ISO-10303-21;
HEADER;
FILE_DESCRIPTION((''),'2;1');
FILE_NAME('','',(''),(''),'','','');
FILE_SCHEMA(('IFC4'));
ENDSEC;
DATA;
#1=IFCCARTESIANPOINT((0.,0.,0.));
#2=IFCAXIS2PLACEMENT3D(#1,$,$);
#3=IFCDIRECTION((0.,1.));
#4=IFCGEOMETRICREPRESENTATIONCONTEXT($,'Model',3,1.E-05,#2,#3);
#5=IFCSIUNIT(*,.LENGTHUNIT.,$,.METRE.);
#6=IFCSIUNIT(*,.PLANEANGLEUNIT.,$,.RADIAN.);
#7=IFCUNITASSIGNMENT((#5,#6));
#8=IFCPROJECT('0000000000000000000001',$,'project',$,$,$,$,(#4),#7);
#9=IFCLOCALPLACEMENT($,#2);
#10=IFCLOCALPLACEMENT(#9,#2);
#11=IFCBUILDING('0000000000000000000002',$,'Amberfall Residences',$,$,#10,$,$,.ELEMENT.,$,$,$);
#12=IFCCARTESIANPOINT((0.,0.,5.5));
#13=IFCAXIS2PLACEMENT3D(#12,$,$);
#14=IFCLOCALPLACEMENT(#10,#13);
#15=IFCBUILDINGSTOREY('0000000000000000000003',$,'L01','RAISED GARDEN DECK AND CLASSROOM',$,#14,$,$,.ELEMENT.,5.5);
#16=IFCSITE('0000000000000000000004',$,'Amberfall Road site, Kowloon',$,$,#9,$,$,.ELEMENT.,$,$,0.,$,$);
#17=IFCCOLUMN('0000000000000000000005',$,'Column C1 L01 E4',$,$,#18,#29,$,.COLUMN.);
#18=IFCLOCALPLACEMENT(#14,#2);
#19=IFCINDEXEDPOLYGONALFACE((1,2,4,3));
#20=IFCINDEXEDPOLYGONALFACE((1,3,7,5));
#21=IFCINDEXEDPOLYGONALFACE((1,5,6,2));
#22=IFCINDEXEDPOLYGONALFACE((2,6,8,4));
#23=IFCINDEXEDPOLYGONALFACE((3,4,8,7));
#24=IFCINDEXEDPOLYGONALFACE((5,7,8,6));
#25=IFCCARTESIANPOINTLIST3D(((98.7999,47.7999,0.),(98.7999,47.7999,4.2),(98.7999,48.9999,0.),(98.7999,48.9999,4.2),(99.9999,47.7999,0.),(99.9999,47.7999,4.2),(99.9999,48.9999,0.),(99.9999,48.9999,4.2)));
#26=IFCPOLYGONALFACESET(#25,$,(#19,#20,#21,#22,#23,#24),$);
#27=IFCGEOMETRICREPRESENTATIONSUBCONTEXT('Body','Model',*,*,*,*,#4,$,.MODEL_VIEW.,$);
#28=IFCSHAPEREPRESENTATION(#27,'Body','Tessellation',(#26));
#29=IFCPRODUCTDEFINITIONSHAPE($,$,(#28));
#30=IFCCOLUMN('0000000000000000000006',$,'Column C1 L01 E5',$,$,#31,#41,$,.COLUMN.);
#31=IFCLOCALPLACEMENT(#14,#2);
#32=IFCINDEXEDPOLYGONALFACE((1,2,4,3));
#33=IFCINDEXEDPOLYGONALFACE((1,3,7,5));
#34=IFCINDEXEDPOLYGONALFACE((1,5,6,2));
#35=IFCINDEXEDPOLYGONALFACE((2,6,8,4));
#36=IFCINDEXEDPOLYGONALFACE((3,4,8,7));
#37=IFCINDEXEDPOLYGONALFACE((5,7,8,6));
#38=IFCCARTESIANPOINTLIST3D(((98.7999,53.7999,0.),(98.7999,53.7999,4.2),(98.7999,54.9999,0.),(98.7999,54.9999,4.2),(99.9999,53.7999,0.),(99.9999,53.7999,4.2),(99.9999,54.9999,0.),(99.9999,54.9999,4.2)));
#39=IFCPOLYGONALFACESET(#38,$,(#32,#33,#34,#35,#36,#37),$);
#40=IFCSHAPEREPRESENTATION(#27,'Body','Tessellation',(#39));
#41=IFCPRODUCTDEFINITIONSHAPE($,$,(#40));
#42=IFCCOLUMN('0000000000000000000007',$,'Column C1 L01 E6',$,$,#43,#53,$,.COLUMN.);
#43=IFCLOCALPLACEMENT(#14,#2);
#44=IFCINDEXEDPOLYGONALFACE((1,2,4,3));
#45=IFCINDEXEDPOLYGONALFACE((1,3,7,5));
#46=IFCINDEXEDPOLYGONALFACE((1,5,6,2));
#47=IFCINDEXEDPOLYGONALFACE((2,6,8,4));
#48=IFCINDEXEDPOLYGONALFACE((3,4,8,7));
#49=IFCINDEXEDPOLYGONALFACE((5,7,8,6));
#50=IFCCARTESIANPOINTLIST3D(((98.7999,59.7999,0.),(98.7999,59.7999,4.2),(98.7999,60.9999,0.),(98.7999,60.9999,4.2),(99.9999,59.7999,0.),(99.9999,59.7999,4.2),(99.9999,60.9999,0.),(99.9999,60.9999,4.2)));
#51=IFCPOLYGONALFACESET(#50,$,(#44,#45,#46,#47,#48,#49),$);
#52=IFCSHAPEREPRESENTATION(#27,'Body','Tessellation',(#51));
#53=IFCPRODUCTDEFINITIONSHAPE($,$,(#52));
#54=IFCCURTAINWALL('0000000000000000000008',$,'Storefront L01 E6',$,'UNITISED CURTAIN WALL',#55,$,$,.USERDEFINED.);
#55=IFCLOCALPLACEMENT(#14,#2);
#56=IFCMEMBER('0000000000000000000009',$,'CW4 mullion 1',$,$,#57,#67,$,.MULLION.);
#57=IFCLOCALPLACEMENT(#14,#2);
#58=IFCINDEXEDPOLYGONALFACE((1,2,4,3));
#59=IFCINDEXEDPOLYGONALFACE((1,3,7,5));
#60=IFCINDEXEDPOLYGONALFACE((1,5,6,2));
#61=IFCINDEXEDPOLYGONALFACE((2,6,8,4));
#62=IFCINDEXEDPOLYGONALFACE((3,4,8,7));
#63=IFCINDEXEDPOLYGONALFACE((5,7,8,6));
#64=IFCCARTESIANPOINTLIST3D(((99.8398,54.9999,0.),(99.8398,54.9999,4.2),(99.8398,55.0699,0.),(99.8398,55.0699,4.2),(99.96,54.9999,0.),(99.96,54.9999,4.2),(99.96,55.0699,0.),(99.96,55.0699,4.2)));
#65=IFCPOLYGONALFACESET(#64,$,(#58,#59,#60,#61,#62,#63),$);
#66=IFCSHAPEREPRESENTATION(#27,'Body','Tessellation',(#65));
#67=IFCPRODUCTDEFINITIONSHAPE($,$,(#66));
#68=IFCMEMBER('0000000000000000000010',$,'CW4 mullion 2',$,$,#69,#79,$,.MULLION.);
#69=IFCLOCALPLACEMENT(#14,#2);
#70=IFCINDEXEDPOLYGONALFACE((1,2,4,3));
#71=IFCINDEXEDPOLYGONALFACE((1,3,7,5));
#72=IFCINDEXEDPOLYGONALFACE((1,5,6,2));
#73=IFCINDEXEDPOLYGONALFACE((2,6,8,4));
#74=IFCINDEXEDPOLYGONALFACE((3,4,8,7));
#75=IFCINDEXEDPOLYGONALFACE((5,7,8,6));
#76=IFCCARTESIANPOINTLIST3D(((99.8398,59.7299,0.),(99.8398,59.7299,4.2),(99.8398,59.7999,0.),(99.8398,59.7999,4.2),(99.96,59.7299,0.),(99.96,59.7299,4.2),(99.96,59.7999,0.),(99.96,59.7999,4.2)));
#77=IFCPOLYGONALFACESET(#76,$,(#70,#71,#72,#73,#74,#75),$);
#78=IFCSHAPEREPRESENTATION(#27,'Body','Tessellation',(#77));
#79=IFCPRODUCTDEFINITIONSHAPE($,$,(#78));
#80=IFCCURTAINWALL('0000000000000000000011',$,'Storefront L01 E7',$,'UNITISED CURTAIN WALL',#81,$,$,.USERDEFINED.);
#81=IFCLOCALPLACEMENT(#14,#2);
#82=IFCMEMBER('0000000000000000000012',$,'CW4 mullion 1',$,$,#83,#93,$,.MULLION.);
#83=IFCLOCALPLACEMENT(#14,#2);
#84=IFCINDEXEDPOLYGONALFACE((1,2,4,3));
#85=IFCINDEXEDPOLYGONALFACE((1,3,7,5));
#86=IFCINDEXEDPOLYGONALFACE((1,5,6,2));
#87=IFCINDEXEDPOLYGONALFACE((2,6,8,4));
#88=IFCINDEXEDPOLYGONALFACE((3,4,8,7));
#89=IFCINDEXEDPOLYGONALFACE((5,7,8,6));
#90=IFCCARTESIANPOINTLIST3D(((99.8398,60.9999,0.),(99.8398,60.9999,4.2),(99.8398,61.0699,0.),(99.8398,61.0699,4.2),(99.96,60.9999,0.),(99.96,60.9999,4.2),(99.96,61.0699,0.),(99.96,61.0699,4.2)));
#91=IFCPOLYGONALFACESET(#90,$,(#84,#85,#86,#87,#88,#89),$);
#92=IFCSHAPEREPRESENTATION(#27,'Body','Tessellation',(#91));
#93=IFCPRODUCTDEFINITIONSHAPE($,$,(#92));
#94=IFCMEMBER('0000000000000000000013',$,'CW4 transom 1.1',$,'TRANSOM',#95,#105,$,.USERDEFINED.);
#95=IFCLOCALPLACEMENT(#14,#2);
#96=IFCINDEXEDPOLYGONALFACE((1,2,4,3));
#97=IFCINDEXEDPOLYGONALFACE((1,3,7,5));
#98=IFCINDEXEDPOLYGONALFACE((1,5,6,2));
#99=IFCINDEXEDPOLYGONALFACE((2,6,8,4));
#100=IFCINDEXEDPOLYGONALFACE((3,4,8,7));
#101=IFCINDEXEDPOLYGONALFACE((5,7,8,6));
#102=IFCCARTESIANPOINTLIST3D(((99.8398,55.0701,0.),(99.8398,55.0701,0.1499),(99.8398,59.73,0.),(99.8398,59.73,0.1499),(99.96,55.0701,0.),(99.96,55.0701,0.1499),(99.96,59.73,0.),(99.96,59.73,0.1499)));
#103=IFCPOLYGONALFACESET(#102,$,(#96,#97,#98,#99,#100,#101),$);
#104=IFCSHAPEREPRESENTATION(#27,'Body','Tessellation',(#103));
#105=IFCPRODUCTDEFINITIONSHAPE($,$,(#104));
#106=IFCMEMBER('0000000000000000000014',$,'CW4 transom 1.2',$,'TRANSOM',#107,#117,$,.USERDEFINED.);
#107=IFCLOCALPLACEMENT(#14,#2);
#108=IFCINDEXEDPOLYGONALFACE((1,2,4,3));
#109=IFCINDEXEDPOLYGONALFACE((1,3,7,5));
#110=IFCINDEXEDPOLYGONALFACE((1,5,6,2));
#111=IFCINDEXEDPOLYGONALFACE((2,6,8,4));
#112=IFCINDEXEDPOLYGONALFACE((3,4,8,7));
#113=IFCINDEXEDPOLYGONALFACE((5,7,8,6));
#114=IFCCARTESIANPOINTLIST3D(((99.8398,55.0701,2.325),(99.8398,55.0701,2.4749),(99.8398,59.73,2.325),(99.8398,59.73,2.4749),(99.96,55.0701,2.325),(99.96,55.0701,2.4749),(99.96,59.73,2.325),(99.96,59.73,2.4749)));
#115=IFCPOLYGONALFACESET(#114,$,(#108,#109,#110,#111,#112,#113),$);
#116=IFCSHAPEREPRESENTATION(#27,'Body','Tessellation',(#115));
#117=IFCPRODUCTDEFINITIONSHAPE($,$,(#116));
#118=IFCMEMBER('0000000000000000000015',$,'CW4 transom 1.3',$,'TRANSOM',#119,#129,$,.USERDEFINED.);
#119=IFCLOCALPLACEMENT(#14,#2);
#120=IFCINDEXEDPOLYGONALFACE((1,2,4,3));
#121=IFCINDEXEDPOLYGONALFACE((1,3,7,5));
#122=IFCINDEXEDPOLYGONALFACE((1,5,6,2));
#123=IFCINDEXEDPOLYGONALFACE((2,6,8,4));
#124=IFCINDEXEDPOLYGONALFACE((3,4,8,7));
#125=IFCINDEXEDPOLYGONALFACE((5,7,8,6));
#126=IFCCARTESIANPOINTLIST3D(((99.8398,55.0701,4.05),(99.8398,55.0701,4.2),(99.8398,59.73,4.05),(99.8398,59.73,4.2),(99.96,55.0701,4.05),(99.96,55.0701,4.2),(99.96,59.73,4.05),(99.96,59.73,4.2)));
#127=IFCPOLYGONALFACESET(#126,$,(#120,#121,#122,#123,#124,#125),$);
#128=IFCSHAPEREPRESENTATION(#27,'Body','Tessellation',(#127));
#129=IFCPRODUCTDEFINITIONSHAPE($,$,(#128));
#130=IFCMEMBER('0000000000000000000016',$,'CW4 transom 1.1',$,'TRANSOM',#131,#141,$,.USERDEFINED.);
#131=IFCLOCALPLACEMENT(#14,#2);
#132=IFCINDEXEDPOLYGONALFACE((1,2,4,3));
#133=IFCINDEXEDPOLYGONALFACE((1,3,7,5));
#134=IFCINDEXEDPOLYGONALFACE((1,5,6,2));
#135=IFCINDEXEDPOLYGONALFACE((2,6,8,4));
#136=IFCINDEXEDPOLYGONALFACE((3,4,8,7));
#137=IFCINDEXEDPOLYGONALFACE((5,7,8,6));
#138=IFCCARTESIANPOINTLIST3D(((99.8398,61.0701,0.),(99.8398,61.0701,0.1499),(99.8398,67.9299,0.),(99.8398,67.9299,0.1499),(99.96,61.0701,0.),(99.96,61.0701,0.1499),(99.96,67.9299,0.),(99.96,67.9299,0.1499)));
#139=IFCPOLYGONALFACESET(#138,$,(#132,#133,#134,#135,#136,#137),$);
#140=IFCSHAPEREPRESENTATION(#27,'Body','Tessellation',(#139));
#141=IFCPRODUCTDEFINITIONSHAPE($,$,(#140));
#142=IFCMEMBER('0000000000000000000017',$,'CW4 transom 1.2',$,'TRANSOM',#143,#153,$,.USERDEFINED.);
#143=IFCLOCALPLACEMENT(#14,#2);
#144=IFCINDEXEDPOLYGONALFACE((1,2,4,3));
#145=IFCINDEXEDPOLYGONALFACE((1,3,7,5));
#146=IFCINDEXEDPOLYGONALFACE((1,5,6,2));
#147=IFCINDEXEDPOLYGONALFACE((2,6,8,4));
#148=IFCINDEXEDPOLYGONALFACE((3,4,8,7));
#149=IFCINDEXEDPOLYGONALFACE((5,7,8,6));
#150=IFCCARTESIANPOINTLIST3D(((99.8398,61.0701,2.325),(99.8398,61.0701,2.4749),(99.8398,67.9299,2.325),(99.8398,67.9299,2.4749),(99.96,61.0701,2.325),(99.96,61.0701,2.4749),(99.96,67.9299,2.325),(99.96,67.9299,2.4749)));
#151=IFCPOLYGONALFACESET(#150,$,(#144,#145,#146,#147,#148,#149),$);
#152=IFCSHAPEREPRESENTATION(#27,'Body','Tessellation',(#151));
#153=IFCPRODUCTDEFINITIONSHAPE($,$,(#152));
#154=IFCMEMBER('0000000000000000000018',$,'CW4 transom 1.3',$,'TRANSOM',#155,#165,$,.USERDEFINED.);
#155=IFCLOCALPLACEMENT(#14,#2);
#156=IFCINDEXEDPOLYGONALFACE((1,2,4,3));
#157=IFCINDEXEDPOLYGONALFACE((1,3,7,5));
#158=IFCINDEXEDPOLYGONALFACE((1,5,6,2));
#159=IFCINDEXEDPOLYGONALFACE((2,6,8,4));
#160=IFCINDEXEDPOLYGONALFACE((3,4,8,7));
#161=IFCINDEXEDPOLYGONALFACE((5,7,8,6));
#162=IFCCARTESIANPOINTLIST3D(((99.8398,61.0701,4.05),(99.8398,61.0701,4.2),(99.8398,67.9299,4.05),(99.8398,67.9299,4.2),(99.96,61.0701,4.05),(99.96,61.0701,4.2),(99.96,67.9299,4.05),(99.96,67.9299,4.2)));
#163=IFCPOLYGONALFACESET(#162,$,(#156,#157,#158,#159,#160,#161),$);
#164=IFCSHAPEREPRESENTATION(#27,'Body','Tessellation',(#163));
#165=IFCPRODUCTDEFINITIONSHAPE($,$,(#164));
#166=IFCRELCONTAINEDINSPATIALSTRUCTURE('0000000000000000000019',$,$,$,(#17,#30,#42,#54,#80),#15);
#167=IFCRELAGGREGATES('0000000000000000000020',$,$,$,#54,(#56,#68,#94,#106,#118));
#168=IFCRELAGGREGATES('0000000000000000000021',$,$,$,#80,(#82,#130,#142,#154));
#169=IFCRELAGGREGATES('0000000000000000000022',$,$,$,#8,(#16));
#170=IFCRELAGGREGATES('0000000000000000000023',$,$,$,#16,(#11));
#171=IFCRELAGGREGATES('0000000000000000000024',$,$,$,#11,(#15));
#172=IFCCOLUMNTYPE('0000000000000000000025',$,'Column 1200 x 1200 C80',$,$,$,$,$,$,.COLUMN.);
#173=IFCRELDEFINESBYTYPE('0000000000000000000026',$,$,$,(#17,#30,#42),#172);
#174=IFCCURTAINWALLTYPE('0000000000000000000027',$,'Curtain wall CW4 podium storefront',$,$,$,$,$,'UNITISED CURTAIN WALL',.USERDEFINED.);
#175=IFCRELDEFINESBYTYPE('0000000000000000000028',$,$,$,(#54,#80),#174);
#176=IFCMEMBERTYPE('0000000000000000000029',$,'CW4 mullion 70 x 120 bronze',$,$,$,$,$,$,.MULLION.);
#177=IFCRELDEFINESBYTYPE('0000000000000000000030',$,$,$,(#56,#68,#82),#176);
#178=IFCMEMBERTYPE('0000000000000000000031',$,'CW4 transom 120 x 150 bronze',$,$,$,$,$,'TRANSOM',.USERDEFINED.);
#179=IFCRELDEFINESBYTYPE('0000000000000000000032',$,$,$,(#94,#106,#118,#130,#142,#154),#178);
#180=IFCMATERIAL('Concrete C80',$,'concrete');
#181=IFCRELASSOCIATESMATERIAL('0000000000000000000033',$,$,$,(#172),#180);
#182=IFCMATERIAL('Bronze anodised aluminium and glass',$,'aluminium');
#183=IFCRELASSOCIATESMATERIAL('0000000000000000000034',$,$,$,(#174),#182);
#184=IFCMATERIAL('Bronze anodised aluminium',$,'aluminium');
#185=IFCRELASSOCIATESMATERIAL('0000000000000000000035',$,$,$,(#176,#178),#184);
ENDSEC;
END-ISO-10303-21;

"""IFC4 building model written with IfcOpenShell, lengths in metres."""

from ifc_helpers import new_model, si_unit, direction, frame, origin, origin_2d, place, context, subcontext, project, spatial, rectangle, extrude, material, material_profile, profile_set, type_object, element, aggregate, save


model = new_model("IFC4")

# Units and contexts
model_context = context("Model", 3, precision=1e-05, world=origin(), true_north=direction((0.0, 1.0)))
body_context = subcontext(model_context, "Body", "Model", "MODEL_VIEW")
ifc_project = project(units=[si_unit("LENGTHUNIT", "METRE"), si_unit("PLANEANGLEUNIT", "RADIAN")], contexts=[model_context])

# Site, building, storey
site_placement = place(None, origin())
site = spatial("IfcSite", under=ifc_project, at=site_placement, Name="Amberfall Road site, Kowloon", CompositionType="ELEMENT", RefElevation=0.0)
building_placement = place(site_placement, origin())
building = spatial("IfcBuilding", under=site, at=building_placement, Name="Amberfall Residences", CompositionType="ELEMENT")
storey_placement = place(building_placement, frame((0.0, 0.0, 5.5)))
storey = spatial("IfcBuildingStorey", under=building, at=storey_placement, Name="L01", Description="RAISED GARDEN DECK AND CLASSROOM", CompositionType="ELEMENT", Elevation=5.5)

# Columns
ifc_material_1 = material(Name="Concrete C80", Category="concrete")
ifc_material_profile_1 = material_profile(ifc_material_1, rectangle(XDim=1.2, YDim=1.2, at=origin_2d()), Name="Column 1200 x 1200 C80")
ifc_profile_set_1 = profile_set([ifc_material_profile_1], Name="Concrete C80")
column_type = type_object("IfcColumnType", Name="Column 1200 x 1200 C80", PredefinedType="COLUMN", material=ifc_profile_set_1)
for number, where, z_axis, x_axis, name in (
    (1, (99.3999, 48.3999, 0.0), (0.0, 0.0, 1.0), (1.0, 0.0, 0.0), "Column C1 L01 E4"),
    (2, (99.3999, 54.3999, 0.0), (0.0, 0.0, 1.0), (1.0, 0.0, 0.0), "Column C1 L01 E5"),
    (3, (99.3999, 60.3999, 0.0), (0.0, 0.0, 1.0), (1.0, 0.0, 0.0), "Column C1 L01 E6"),
):
    element("IfcColumn", number, at=place(storey_placement, frame(where, z_axis=z_axis, x_axis=x_axis)), inside=storey, type_object=column_type, Name=name, PredefinedType="COLUMN", context=body_context, shape_type="SweptSolid", body=[
        extrude(rectangle(XDim=1.2, YDim=1.2, at=origin_2d()), origin(), (0.0, 0.0, 1.0), 4.2),
    ])

# Curtain wall, members
ifc_material_2 = material(Name="Bronze anodised aluminium and glass", Category="aluminium")
curtain_wall_type = type_object("IfcCurtainWallType", Name="Curtain wall CW4 podium storefront", ElementType="UNITISED CURTAIN WALL", PredefinedType="USERDEFINED", material=ifc_material_2)
curtain_wall_1_placement = place(storey_placement, origin())
curtain_wall_1 = element("IfcCurtainWall", 4, at=curtain_wall_1_placement, inside=storey, type_object=curtain_wall_type, Name="Storefront L01 E6", ObjectType="UNITISED CURTAIN WALL", PredefinedType="USERDEFINED")
ifc_material_3 = material(Name="Bronze anodised aluminium", Category="aluminium")
ifc_material_profile_2 = material_profile(ifc_material_3, rectangle(XDim=0.1201, YDim=0.0701, at=origin_2d()), Name="CW4 mullion 70 x 120 bronze")
ifc_profile_set_2 = profile_set([ifc_material_profile_2], Name="Bronze anodised aluminium")
member_type_1 = type_object("IfcMemberType", Name="CW4 mullion 70 x 120 bronze", PredefinedType="MULLION", material=ifc_profile_set_2)
member_1_placement = place(storey_placement, frame((99.8999, 55.0349, 0.0), z_axis=(0.0, 0.0, 1.0), x_axis=(-1.0, 0.0, 0.0)))
member_1 = element("IfcMember", 5, at=member_1_placement, type_object=member_type_1, Name="CW4 mullion 1", PredefinedType="MULLION", context=body_context, shape_type="SweptSolid", body=[
    extrude(rectangle(XDim=0.1201, YDim=0.0701, at=origin_2d()), origin(), (0.0, 0.0, 1.0), 4.2),
])
member_2_placement = place(storey_placement, frame((99.8999, 59.7649, 0.0), z_axis=(0.0, 0.0, 1.0), x_axis=(-1.0, 0.0, 0.0)))
member_2 = element("IfcMember", 6, at=member_2_placement, type_object=member_type_1, Name="CW4 mullion 2", PredefinedType="MULLION", context=body_context, shape_type="SweptSolid", body=[
    extrude(rectangle(XDim=0.1201, YDim=0.0701, at=origin_2d()), origin(), (0.0, 0.0, 1.0), 4.2),
])

# Curtain wall, member
curtain_wall_2_placement = place(storey_placement, origin())
curtain_wall_2 = element("IfcCurtainWall", 7, at=curtain_wall_2_placement, inside=storey, type_object=curtain_wall_type, Name="Storefront L01 E7", ObjectType="UNITISED CURTAIN WALL", PredefinedType="USERDEFINED")
member_3_placement = place(storey_placement, frame((99.8999, 61.0349, 0.0), z_axis=(0.0, 0.0, 1.0), x_axis=(-1.0, 0.0, 0.0)))
member_3 = element("IfcMember", 8, at=member_3_placement, type_object=member_type_1, Name="CW4 mullion 1", PredefinedType="MULLION", context=body_context, shape_type="SweptSolid", body=[
    extrude(rectangle(XDim=0.1201, YDim=0.0701, at=origin_2d()), origin(), (0.0, 0.0, 1.0), 4.2),
])

# Members
ifc_material_profile_3 = material_profile(ifc_material_3, rectangle(XDim=0.1201, YDim=0.1499, at=origin_2d()), Name="CW4 transom 120 x 150 bronze")
ifc_profile_set_3 = profile_set([ifc_material_profile_3], Name="Bronze anodised aluminium")
member_type_2 = type_object("IfcMemberType", Name="CW4 transom 120 x 150 bronze", ElementType="TRANSOM", PredefinedType="USERDEFINED", material=ifc_profile_set_3)
member_4_placement = place(storey_placement, frame((99.8999, 55.0701, 0.075), z_axis=(0.0, 1.0, 0.0), x_axis=(-1.0, 0.0, 0.0)))
member_4 = element("IfcMember", 9, at=member_4_placement, type_object=member_type_2, Name="CW4 transom 1.1", ObjectType="TRANSOM", PredefinedType="USERDEFINED", context=body_context, shape_type="SweptSolid", body=[
    extrude(rectangle(XDim=0.1201, YDim=0.1499, at=origin_2d()), origin(), (0.0, 0.0, 1.0), 4.6599),
])
member_5_placement = place(storey_placement, frame((99.8999, 55.0701, 2.3999), z_axis=(0.0, 1.0, 0.0), x_axis=(-1.0, 0.0, 0.0)))
member_5 = element("IfcMember", 10, at=member_5_placement, type_object=member_type_2, Name="CW4 transom 1.2", ObjectType="TRANSOM", PredefinedType="USERDEFINED", context=body_context, shape_type="SweptSolid", body=[
    extrude(rectangle(XDim=0.1201, YDim=0.1499, at=origin_2d()), origin(), (0.0, 0.0, 1.0), 4.6599),
])
member_6_placement = place(storey_placement, frame((99.8999, 55.0701, 4.125), z_axis=(0.0, 1.0, 0.0), x_axis=(-1.0, 0.0, 0.0)))
member_6 = element("IfcMember", 11, at=member_6_placement, type_object=member_type_2, Name="CW4 transom 1.3", ObjectType="TRANSOM", PredefinedType="USERDEFINED", context=body_context, shape_type="SweptSolid", body=[
    extrude(rectangle(XDim=0.1201, YDim=0.1499, at=origin_2d()), origin(), (0.0, 0.0, 1.0), 4.6599),
])
member_7_placement = place(storey_placement, frame((99.8999, 61.0701, 0.075), z_axis=(0.0, 1.0, 0.0), x_axis=(-1.0, 0.0, 0.0)))
member_7 = element("IfcMember", 12, at=member_7_placement, type_object=member_type_2, Name="CW4 transom 1.1", ObjectType="TRANSOM", PredefinedType="USERDEFINED", context=body_context, shape_type="SweptSolid", body=[
    extrude(rectangle(XDim=0.1201, YDim=0.1499, at=origin_2d()), origin(), (0.0, 0.0, 1.0), 6.8599),
])
member_8_placement = place(storey_placement, frame((99.8999, 61.0701, 2.3999), z_axis=(0.0, 1.0, 0.0), x_axis=(-1.0, 0.0, 0.0)))
member_8 = element("IfcMember", 13, at=member_8_placement, type_object=member_type_2, Name="CW4 transom 1.2", ObjectType="TRANSOM", PredefinedType="USERDEFINED", context=body_context, shape_type="SweptSolid", body=[
    extrude(rectangle(XDim=0.1201, YDim=0.1499, at=origin_2d()), origin(), (0.0, 0.0, 1.0), 6.8599),
])
member_9_placement = place(storey_placement, frame((99.8999, 61.0701, 4.125), z_axis=(0.0, 1.0, 0.0), x_axis=(-1.0, 0.0, 0.0)))
member_9 = element("IfcMember", 14, at=member_9_placement, type_object=member_type_2, Name="CW4 transom 1.3", ObjectType="TRANSOM", PredefinedType="USERDEFINED", context=body_context, shape_type="SweptSolid", body=[
    extrude(rectangle(XDim=0.1201, YDim=0.1499, at=origin_2d()), origin(), (0.0, 0.0, 1.0), 6.8599),
])

aggregate(curtain_wall_1, [member_1, member_2, member_4, member_5, member_6])
aggregate(curtain_wall_2, [member_3, member_7, member_8, member_9])

save(model, "model.ifc")
